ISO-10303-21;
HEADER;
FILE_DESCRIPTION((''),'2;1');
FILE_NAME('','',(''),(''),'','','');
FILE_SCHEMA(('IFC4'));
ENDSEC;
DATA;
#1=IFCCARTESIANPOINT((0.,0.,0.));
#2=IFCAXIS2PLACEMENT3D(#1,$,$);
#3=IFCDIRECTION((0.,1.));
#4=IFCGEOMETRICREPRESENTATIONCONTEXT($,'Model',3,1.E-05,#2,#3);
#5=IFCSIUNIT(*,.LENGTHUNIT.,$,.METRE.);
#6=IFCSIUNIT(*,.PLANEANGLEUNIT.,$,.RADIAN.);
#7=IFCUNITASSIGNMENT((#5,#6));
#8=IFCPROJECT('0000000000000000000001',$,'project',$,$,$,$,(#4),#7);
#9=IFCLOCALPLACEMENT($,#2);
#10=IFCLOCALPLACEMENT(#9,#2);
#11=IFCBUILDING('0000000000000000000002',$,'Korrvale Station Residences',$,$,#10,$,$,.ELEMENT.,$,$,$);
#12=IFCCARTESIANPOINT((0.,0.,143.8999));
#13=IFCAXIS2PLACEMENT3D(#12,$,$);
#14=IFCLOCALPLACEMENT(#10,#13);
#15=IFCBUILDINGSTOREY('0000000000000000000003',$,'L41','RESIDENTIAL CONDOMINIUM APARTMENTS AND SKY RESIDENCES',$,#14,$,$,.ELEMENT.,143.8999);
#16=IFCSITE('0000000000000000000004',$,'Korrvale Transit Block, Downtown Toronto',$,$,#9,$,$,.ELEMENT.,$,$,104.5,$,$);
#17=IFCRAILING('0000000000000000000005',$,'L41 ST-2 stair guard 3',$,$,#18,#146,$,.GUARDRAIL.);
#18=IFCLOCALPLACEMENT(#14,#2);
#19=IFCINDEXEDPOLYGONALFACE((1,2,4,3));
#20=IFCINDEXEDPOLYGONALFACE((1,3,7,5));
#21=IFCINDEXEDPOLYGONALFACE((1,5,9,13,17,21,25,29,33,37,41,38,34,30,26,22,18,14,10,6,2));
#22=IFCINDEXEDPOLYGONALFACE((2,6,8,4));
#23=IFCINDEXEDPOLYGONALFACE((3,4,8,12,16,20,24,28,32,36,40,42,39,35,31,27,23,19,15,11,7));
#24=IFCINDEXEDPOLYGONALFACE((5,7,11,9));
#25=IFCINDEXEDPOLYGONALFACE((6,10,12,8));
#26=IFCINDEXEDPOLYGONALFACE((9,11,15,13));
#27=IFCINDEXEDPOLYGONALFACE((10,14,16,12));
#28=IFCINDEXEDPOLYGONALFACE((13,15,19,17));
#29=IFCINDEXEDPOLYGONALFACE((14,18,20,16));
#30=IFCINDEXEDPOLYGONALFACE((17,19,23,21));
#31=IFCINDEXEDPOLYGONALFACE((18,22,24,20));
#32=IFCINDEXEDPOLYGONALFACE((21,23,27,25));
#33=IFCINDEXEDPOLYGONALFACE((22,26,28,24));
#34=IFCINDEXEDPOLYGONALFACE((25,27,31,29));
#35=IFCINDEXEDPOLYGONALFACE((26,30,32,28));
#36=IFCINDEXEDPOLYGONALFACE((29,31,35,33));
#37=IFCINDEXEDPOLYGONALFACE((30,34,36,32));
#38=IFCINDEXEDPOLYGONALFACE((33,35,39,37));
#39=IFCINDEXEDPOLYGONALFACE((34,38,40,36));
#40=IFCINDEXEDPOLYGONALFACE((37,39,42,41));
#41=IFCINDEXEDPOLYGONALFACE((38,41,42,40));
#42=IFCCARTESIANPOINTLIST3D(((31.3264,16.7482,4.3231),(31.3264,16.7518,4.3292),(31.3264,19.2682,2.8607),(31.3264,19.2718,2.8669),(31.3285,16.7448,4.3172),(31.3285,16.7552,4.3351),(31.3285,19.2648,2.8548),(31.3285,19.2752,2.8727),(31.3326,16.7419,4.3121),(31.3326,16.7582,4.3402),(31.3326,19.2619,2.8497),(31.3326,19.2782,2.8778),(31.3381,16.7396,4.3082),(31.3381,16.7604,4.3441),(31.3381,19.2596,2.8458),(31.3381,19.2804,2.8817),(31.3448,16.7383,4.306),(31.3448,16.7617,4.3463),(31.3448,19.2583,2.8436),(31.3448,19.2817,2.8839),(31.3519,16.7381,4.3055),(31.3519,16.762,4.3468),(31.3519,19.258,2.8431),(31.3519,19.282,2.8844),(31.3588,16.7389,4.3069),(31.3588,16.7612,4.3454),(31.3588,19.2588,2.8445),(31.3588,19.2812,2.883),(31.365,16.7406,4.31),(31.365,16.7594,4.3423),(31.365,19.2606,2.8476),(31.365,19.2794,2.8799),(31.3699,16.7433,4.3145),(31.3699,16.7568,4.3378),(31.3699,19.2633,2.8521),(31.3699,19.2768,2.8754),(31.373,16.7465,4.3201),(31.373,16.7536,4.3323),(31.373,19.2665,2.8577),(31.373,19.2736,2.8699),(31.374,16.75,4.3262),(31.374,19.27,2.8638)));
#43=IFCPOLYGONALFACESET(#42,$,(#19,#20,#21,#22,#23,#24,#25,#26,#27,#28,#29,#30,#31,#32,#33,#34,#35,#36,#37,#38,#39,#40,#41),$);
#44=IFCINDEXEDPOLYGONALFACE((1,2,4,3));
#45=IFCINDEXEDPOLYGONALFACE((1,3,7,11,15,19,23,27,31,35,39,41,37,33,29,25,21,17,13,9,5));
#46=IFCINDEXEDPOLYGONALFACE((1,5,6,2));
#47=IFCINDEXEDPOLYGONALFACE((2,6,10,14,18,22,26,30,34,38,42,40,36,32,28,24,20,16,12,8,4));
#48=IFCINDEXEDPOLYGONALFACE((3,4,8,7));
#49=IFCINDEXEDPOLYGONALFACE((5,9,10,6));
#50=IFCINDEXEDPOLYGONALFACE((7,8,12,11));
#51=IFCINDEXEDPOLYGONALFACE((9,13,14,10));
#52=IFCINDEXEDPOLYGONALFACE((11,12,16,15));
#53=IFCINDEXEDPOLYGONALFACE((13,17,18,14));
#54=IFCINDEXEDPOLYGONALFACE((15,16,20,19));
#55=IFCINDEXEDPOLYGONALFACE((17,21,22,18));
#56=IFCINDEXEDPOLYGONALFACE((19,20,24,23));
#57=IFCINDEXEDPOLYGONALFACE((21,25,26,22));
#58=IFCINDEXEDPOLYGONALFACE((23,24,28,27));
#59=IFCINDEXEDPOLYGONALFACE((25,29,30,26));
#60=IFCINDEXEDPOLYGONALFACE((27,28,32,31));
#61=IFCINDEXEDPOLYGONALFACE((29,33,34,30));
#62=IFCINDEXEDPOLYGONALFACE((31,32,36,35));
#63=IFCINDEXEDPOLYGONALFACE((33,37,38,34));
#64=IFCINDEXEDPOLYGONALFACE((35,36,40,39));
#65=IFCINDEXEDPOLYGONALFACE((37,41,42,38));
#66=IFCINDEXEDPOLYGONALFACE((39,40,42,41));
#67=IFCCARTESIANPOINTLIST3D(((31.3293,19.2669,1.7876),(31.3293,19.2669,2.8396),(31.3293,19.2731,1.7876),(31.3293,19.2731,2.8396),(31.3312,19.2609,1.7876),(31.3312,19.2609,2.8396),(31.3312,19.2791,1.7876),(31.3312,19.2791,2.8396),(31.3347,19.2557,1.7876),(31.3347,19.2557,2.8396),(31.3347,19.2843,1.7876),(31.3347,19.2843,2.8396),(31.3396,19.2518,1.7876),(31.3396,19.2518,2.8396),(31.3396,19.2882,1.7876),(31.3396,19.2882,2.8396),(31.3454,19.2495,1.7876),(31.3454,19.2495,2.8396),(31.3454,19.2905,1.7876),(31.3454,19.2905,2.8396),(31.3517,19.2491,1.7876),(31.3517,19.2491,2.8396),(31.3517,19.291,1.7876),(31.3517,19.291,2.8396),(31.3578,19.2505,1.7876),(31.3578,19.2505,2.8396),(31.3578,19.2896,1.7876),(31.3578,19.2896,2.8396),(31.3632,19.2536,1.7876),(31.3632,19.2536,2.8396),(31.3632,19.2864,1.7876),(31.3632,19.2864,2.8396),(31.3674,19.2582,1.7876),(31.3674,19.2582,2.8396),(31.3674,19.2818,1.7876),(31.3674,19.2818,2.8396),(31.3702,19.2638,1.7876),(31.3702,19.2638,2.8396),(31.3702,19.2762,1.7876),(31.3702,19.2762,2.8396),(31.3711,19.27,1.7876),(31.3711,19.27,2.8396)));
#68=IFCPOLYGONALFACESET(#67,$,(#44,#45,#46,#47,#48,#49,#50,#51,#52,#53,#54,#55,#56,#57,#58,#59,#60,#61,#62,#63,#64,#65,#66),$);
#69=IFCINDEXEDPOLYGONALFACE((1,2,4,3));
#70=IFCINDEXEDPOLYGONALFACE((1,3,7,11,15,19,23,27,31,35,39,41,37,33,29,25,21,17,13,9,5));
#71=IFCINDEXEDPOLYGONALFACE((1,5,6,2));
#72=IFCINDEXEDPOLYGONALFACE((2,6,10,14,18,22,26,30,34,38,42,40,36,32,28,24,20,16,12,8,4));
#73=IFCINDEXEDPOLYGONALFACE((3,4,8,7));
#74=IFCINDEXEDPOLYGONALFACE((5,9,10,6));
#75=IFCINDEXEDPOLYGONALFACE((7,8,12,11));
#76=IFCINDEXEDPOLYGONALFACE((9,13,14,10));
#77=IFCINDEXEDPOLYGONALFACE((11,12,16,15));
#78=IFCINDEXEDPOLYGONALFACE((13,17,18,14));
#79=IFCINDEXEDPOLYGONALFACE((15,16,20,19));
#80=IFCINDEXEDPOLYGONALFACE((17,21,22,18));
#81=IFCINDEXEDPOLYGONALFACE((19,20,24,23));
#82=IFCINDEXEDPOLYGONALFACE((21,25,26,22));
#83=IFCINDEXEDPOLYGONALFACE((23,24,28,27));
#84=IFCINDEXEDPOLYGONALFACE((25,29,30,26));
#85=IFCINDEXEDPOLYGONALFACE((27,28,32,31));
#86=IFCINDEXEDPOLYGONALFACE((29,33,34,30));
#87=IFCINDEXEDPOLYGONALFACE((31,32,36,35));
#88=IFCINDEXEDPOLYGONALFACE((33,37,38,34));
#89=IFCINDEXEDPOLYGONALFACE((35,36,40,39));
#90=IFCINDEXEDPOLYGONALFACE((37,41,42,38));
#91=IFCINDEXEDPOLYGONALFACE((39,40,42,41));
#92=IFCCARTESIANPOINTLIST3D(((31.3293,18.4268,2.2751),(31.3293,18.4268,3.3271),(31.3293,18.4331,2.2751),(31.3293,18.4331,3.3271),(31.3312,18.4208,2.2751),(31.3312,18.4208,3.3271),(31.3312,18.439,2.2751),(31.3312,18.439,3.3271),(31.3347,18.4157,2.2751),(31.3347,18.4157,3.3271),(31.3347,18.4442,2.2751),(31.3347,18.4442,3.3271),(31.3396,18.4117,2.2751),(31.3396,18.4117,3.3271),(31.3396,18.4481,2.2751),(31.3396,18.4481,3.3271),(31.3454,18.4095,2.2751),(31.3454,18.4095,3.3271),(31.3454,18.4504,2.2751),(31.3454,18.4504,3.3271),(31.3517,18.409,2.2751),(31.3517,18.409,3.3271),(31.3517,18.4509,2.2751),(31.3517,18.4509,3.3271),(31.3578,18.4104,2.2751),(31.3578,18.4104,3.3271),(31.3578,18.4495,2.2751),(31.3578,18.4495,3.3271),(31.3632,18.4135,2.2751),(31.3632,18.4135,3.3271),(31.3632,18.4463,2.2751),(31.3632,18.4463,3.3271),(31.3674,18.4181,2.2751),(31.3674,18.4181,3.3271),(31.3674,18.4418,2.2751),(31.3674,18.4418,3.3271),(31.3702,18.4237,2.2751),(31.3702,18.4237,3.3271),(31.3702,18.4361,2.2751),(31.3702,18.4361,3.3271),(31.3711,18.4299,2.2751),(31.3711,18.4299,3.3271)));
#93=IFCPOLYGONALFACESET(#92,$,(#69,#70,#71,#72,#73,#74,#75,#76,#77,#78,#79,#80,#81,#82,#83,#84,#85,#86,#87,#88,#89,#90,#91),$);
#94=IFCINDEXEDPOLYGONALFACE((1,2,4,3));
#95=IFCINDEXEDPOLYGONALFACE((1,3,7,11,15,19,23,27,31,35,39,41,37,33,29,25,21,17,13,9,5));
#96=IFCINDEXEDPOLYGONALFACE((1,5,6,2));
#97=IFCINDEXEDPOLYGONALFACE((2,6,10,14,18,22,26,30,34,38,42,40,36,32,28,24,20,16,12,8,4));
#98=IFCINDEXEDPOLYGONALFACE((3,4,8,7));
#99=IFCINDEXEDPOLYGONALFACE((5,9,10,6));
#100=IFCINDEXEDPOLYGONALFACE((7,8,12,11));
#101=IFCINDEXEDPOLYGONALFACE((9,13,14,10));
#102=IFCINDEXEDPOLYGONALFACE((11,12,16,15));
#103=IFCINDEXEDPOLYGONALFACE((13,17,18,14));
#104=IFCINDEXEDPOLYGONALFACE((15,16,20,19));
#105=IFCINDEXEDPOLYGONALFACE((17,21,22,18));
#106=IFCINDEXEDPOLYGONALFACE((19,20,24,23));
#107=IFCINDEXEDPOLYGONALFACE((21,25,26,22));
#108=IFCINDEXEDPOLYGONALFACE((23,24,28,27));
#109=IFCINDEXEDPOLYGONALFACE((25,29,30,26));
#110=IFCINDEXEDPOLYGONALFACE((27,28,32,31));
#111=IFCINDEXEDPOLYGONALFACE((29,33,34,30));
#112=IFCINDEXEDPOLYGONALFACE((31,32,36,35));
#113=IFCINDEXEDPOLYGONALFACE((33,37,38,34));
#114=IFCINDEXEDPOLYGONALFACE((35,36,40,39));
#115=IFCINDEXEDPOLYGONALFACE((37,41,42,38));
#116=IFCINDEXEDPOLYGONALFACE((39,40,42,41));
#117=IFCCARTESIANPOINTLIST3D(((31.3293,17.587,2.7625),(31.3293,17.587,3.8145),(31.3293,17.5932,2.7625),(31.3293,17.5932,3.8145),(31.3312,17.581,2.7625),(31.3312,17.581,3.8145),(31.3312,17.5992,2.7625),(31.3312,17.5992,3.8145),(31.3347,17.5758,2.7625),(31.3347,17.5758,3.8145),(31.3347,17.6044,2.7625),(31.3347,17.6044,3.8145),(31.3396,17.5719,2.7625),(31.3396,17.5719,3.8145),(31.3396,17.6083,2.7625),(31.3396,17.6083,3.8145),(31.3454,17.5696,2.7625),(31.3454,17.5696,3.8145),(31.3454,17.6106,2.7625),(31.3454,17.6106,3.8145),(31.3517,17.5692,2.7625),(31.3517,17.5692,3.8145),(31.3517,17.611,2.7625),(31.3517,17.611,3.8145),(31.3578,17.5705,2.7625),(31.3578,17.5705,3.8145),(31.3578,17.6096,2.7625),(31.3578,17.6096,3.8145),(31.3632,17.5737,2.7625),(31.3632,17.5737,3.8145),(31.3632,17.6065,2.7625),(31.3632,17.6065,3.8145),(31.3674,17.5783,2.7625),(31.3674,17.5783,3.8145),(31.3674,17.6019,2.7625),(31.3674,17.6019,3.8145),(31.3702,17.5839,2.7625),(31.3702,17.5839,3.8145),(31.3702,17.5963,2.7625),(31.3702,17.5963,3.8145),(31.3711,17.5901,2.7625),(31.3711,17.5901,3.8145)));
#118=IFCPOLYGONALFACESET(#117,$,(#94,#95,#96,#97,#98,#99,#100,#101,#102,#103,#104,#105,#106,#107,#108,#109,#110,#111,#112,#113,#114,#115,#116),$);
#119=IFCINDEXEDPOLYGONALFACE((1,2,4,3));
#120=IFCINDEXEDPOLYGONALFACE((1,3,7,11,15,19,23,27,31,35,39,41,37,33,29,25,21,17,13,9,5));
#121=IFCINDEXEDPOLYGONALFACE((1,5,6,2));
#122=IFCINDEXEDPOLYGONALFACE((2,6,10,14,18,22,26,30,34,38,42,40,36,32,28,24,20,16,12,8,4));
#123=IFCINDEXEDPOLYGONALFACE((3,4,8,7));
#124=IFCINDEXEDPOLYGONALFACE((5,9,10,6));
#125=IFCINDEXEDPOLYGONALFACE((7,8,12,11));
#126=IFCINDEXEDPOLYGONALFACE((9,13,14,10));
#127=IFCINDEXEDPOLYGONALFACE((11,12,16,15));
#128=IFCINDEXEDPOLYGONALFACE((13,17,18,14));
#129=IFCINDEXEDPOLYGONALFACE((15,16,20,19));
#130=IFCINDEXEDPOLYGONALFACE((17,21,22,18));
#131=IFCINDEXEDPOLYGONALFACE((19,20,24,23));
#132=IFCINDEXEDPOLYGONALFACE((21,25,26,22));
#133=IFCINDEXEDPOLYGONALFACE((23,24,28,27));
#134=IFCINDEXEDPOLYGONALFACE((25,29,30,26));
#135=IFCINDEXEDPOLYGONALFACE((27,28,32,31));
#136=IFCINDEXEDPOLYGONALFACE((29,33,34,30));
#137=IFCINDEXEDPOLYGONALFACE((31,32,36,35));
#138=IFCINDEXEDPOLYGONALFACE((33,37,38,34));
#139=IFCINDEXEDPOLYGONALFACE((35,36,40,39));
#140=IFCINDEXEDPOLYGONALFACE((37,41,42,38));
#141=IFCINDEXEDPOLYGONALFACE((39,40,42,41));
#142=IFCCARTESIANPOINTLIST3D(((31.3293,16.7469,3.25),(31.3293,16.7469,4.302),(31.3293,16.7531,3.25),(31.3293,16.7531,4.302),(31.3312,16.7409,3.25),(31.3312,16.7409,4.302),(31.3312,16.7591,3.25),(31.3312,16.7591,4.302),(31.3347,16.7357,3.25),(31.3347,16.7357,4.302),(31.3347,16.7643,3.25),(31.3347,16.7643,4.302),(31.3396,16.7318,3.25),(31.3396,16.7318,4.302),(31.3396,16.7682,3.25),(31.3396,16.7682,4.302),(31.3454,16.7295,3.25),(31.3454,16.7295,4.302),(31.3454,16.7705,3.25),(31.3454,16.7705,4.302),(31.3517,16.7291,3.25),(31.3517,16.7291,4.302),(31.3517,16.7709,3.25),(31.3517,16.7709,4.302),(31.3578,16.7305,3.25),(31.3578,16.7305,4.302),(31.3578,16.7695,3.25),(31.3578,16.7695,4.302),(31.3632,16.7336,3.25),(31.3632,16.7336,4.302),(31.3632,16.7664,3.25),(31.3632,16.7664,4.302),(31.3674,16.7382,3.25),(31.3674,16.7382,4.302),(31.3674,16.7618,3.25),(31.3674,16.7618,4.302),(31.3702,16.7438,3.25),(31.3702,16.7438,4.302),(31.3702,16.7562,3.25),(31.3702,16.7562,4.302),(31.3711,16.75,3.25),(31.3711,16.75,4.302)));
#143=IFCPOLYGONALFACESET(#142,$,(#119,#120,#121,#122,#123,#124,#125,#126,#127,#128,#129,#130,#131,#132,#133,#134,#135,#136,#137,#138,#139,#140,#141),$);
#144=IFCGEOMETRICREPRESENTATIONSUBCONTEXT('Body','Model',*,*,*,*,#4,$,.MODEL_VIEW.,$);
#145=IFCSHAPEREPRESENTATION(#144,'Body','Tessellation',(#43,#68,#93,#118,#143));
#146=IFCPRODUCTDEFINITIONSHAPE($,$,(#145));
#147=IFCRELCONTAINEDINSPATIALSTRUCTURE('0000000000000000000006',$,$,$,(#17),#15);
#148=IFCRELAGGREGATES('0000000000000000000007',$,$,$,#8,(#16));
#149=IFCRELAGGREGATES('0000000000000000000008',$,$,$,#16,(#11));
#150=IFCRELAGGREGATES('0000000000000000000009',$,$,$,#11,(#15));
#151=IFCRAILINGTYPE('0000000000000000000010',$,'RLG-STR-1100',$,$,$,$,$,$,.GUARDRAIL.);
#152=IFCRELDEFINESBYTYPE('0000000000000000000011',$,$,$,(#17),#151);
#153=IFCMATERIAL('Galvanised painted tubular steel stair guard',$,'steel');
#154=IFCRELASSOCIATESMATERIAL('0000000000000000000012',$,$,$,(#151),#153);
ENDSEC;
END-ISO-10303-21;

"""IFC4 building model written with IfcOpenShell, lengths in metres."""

from ifc_helpers import new_model, si_unit, direction, frame, origin, origin_2d, place, context, subcontext, project, spatial, circle, extrude, material, type_object, element, save


model = new_model("IFC4")

# Units and contexts
model_context = context("Model", 3, precision=1e-05, world=origin(), true_north=direction((0.0, 1.0)))
body_context = subcontext(model_context, "Body", "Model", "MODEL_VIEW")
ifc_project = project(units=[si_unit("LENGTHUNIT", "METRE"), si_unit("PLANEANGLEUNIT", "RADIAN")], contexts=[model_context])

# Site, building, storey
site_placement = place(None, origin())
site = spatial("IfcSite", under=ifc_project, at=site_placement, Name="Korrvale Transit Block, Downtown Toronto", CompositionType="ELEMENT", RefElevation=104.5)
building_placement = place(site_placement, origin())
building = spatial("IfcBuilding", under=site, at=building_placement, Name="Korrvale Station Residences", CompositionType="ELEMENT")
storey_placement = place(building_placement, frame((0.0, 0.0, 143.8999)))
storey = spatial("IfcBuildingStorey", under=building, at=storey_placement, Name="L41", Description="RESIDENTIAL CONDOMINIUM APARTMENTS AND SKY RESIDENCES", CompositionType="ELEMENT", Elevation=143.8999)

# Railing
ifc_material_1 = material(Name="Galvanised painted tubular steel stair guard", Category="steel")
railing_type_1 = type_object("IfcRailingType", Name="RLG-STR-1100", PredefinedType="GUARDRAIL", material=ifc_material_1)
railing_1_placement = place(storey_placement, frame((31.3501, 19.27, 1.7876)))
element("IfcRailing", 1, at=railing_1_placement, inside=storey, type_object=railing_type_1, Name="L41 ST-2 stair guard 3", PredefinedType="GUARDRAIL", context=body_context, shape_type="SweptSolid", body=[
    extrude(circle(Radius=0.0239, at=origin_2d()), frame((0.0, 0.0, 1.0762), z_axis=(0.0, -0.864913, 0.501921), x_axis=(1.0, 0.0, 0.0)), (0.0, 0.0, 1.0), 2.9136),
    extrude(circle(Radius=0.021, at=origin_2d()), origin(), (0.0, 0.0, 1.0), 1.052),
    extrude(circle(Radius=0.021, at=origin_2d()), frame((0.0, -0.8401, 0.4875)), (0.0, 0.0, 1.0), 1.052),
    extrude(circle(Radius=0.021, at=origin_2d()), frame((0.0, -1.6799, 0.9749)), (0.0, 0.0, 1.0), 1.052),
    extrude(circle(Radius=0.021, at=origin_2d()), frame((0.0, -2.52, 1.4624)), (0.0, 0.0, 1.0), 1.052),
])

save(model, "model.ifc")
